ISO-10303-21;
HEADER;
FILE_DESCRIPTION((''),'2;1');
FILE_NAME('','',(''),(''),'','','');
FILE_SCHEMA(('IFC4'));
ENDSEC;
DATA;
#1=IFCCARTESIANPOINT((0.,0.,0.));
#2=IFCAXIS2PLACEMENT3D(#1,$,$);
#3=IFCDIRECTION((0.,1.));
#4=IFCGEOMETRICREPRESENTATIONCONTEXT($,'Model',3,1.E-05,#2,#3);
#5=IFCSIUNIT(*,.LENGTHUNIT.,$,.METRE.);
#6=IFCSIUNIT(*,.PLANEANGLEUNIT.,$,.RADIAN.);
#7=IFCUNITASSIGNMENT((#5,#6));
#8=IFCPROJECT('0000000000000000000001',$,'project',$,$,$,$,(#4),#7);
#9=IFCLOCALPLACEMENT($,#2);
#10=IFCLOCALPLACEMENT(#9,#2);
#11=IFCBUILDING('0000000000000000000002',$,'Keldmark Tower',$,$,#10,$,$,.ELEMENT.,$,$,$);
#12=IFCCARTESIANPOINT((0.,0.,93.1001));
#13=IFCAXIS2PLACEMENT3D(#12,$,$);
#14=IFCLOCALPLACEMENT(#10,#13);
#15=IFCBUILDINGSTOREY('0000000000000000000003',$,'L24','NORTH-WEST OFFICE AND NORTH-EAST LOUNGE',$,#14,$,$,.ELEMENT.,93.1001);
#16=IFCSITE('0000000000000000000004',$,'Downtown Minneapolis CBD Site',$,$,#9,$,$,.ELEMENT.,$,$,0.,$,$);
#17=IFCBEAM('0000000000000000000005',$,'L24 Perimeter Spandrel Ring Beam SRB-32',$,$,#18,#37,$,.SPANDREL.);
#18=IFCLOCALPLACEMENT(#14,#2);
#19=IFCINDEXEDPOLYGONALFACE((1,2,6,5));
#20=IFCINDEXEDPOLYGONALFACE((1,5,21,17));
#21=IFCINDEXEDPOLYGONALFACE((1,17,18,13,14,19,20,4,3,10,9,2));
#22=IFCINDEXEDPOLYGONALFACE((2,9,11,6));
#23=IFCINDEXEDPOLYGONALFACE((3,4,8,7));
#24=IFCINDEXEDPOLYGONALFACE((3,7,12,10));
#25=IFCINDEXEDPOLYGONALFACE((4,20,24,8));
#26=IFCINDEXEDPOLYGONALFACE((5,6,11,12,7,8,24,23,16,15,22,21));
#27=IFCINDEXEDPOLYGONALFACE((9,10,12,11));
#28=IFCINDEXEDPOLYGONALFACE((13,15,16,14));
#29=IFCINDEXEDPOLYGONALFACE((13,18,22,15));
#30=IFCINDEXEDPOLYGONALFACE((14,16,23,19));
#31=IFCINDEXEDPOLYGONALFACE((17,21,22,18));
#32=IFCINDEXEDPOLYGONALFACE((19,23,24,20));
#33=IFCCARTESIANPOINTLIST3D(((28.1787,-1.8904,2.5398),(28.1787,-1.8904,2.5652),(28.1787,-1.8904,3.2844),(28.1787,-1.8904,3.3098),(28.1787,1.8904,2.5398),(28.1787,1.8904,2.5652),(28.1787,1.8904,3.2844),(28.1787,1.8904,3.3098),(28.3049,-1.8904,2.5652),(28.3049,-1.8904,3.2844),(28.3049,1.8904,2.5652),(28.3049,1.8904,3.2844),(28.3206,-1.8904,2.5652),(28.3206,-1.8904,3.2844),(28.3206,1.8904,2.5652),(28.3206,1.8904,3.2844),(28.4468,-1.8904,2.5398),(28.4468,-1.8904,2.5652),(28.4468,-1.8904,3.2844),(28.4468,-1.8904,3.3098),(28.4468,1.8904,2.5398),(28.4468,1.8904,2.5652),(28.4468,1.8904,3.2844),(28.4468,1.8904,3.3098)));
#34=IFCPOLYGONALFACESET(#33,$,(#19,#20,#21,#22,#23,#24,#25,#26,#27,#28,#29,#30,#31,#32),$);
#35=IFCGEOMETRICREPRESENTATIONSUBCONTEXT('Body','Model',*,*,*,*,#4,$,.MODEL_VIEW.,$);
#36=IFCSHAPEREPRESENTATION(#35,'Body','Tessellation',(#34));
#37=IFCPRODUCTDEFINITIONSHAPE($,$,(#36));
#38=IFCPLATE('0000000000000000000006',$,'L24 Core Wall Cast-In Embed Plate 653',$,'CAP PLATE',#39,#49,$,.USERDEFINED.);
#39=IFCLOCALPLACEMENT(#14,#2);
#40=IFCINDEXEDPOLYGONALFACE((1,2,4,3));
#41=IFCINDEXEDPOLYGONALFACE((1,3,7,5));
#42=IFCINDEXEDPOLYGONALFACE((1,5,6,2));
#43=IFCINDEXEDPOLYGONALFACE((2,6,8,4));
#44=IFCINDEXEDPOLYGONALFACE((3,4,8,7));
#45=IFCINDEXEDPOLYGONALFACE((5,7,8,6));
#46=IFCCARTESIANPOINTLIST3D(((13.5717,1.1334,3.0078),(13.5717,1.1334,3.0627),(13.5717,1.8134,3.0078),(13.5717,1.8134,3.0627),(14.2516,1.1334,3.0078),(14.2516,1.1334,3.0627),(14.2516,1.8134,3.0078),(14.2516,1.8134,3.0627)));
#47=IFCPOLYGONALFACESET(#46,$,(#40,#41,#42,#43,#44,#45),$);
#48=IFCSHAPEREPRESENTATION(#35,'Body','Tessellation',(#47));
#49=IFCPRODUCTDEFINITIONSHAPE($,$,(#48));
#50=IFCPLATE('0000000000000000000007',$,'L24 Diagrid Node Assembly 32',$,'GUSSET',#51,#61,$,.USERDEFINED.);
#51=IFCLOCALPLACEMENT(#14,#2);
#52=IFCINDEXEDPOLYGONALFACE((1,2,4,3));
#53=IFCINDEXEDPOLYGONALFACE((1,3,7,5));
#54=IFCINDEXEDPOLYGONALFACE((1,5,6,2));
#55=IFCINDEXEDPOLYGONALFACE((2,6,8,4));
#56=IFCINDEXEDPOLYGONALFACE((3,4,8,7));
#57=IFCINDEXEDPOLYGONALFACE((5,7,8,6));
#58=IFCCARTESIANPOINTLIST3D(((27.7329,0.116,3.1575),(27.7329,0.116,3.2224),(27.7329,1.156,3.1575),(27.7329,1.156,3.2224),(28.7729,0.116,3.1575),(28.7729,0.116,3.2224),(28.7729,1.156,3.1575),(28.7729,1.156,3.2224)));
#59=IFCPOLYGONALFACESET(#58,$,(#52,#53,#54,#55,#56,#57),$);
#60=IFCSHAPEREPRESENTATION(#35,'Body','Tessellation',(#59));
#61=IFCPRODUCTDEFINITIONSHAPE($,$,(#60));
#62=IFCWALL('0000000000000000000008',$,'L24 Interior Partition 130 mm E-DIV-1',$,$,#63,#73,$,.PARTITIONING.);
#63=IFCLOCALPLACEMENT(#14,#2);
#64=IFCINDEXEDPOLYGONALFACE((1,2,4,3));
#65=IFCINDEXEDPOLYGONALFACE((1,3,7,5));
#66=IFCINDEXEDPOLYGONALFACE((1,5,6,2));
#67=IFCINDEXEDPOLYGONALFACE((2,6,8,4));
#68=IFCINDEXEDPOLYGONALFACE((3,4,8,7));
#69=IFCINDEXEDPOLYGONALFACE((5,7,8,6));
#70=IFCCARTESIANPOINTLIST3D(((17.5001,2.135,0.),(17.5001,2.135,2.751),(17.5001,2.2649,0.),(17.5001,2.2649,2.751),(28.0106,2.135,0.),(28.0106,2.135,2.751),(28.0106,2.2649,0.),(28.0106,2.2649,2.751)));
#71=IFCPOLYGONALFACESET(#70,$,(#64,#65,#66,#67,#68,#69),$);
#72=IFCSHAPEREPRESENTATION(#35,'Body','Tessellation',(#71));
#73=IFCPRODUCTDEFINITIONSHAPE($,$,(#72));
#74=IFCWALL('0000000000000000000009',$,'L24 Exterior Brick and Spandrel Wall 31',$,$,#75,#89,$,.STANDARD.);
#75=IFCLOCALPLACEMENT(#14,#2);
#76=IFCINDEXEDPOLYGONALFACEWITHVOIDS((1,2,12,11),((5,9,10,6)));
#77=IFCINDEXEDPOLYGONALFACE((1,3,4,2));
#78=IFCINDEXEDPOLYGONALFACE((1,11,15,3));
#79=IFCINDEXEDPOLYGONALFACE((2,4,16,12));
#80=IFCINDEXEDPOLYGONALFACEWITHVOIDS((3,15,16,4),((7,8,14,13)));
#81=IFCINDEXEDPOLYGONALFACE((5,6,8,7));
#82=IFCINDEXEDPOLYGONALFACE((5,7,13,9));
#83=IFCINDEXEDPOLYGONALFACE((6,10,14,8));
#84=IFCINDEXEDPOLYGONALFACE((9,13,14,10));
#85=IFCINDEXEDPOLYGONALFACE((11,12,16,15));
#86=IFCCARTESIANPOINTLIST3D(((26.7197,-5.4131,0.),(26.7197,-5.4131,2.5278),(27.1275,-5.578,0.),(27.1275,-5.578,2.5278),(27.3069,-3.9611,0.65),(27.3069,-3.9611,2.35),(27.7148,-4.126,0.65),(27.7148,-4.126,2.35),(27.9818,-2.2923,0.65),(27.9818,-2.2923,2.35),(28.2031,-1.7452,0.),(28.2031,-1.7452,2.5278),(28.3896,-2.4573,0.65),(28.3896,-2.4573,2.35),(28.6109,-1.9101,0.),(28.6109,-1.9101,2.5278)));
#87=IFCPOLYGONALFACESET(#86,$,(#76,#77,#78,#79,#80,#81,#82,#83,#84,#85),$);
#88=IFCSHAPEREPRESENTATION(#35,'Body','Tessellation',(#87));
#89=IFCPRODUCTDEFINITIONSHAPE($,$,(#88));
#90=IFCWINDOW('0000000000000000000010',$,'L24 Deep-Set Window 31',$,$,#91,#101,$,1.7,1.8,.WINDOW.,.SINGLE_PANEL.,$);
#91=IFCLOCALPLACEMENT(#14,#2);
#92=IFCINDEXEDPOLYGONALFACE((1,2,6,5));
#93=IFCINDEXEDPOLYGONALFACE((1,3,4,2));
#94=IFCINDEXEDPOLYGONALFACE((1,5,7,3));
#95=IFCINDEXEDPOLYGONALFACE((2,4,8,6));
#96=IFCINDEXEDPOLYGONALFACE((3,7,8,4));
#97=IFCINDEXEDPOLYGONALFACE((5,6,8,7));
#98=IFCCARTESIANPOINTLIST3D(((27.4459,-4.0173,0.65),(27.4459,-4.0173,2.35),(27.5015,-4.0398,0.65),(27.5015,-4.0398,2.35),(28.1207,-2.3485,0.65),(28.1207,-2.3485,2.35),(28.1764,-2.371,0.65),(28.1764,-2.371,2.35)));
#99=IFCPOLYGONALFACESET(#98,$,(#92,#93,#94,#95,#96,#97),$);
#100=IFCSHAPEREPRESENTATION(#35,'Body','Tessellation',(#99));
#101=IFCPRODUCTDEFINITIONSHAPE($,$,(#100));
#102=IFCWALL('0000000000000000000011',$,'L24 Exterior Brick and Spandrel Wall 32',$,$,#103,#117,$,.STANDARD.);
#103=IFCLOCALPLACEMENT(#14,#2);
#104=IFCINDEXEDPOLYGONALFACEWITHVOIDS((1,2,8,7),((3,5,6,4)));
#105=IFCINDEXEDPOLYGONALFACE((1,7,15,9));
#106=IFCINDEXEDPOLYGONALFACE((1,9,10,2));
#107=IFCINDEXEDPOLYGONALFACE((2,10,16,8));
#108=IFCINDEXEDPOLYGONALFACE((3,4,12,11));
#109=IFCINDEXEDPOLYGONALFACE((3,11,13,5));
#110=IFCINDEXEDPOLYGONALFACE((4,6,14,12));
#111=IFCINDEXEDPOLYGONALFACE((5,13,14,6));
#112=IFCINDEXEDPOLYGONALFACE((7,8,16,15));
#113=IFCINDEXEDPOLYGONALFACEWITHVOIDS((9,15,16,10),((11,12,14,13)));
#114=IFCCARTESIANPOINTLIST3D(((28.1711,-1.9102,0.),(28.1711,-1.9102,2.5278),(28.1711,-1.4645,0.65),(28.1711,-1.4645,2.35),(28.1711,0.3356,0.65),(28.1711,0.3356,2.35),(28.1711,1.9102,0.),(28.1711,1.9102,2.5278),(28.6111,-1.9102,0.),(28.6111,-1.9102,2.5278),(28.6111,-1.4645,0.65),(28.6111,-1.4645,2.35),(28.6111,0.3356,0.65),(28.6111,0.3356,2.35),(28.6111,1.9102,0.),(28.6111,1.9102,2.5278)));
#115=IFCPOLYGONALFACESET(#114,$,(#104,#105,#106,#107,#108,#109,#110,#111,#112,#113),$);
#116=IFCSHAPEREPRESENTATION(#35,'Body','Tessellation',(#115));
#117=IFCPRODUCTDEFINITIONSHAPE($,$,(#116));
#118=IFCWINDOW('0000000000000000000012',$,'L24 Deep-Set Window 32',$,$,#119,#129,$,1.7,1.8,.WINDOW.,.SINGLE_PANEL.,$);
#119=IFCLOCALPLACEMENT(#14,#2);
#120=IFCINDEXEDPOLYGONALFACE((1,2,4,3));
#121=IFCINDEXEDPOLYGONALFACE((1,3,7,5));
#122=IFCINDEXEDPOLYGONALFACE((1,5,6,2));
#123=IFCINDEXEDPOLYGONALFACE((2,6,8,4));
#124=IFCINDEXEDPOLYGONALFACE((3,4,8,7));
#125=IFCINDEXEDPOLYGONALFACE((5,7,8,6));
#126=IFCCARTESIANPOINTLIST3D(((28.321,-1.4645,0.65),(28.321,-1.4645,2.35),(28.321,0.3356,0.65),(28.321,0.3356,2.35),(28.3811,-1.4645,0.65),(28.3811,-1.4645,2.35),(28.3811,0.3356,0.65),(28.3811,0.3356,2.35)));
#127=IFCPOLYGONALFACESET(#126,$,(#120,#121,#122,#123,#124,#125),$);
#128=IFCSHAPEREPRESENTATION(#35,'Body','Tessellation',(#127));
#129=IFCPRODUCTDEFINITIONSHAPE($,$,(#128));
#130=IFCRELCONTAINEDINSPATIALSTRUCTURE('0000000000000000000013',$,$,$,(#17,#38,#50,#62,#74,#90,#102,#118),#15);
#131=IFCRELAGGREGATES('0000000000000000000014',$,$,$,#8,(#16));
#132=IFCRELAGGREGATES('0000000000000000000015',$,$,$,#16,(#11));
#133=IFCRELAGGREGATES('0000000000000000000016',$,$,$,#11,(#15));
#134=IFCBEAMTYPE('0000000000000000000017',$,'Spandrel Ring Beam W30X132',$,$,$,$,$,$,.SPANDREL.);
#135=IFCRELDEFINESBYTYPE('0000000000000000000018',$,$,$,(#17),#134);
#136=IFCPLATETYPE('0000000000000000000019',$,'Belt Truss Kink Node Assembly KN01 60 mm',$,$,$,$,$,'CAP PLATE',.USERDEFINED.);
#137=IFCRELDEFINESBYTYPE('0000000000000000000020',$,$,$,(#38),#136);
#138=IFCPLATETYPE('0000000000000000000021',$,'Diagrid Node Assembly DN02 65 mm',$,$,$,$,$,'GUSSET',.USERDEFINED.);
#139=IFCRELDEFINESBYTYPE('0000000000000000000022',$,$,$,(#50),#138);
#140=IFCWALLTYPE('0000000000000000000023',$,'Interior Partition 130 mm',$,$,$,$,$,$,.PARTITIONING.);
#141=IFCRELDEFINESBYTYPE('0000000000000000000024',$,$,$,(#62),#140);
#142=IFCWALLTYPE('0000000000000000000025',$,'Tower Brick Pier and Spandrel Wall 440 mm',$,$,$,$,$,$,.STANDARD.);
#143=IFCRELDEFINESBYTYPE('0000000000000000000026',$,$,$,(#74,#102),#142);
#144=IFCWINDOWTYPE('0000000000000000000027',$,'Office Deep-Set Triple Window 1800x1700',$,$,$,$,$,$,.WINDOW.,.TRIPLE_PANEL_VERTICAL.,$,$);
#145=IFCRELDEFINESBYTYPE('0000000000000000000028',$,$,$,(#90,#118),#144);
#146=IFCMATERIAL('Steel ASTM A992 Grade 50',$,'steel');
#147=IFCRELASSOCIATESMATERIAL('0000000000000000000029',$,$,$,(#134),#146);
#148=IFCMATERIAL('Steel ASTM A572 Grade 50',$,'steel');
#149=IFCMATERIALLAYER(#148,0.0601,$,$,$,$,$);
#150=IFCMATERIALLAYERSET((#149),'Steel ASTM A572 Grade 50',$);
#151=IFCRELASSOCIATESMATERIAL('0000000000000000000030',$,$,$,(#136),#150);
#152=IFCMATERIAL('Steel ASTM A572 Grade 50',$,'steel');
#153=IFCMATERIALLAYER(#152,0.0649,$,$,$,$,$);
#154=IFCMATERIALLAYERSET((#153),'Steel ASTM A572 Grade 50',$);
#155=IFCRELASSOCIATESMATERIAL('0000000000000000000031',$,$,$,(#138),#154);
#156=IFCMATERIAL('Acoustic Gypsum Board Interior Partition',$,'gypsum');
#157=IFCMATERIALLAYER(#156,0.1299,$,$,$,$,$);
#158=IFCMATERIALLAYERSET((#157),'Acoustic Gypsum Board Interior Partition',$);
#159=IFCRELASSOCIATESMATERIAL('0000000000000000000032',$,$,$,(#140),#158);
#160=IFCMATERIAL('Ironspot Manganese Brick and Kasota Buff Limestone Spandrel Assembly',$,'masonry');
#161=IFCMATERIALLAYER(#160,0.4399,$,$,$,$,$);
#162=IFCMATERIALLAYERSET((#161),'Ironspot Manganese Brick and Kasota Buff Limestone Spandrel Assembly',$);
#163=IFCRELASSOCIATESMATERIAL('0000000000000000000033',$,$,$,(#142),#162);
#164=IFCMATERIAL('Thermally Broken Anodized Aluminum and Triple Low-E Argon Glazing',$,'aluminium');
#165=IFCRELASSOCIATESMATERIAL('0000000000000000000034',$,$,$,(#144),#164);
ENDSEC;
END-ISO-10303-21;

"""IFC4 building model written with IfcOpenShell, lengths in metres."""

from ifc_helpers import new_model, si_unit, direction, frame, frame_2d, origin, origin_2d, place, context, subcontext, project, spatial, rectangle, i_section, extrude, material, layer, layer_set, material_profile, profile_set, type_object, element, fill, save


model = new_model("IFC4")

# Units and contexts
model_context = context("Model", 3, precision=1e-05, world=origin(), true_north=direction((0.0, 1.0)))
body_context = subcontext(model_context, "Body", "Model", "MODEL_VIEW")
ifc_project = project(units=[si_unit("LENGTHUNIT", "METRE"), si_unit("PLANEANGLEUNIT", "RADIAN")], contexts=[model_context])

# Site, building, storey
site_placement = place(None, origin())
site = spatial("IfcSite", under=ifc_project, at=site_placement, Name="Downtown Minneapolis CBD Site", CompositionType="ELEMENT", RefElevation=0.0)
building_placement = place(site_placement, origin())
building = spatial("IfcBuilding", under=site, at=building_placement, Name="Keldmark Tower", CompositionType="ELEMENT")
storey_placement = place(building_placement, frame((0.0, 0.0, 93.1001)))
storey = spatial("IfcBuildingStorey", under=building, at=storey_placement, Name="L24", Description="NORTH-WEST OFFICE AND NORTH-EAST LOUNGE", CompositionType="ELEMENT", Elevation=93.1001)

# Beam
ifc_material_1 = material(Name="Steel ASTM A992 Grade 50", Category="steel")
ifc_material_profile_1 = material_profile(ifc_material_1, i_section(OverallWidth=0.2681, OverallDepth=0.77, WebThickness=0.0156, FlangeThickness=0.0254, at=origin_2d()), Name="W30X132")
ifc_profile_set_1 = profile_set([ifc_material_profile_1], Name="Steel ASTM A992 Grade 50")
beam_type_1 = type_object("IfcBeamType", Name="Spandrel Ring Beam W30X132", PredefinedType="SPANDREL", material=ifc_profile_set_1)
beam_1_placement = place(storey_placement, frame((28.3127, -1.8904, 2.9248), z_axis=(0.0, 1.0, 0.0), x_axis=(-1.0, 0.0, 0.0)))
element("IfcBeam", 1, at=beam_1_placement, inside=storey, type_object=beam_type_1, Name="L24 Perimeter Spandrel Ring Beam SRB-32", PredefinedType="SPANDREL", context=body_context, shape_type="SweptSolid", body=[
    extrude(i_section(OverallWidth=0.2681, OverallDepth=0.77, WebThickness=0.0156, FlangeThickness=0.0254, at=origin_2d()), origin(), (0.0, 0.0, 1.0), 3.7808),
])

# Plates
ifc_material_2 = material(Name="Steel ASTM A572 Grade 50", Category="steel")
ifc_layer_1 = layer(ifc_material_2, 0.0601)
ifc_layer_set_1 = layer_set([ifc_layer_1], Name="Steel ASTM A572 Grade 50")
plate_type_1 = type_object("IfcPlateType", Name="Belt Truss Kink Node Assembly KN01 60 mm", ElementType="CAP PLATE", PredefinedType="USERDEFINED", material=ifc_layer_set_1)
plate_1_placement = place(storey_placement, frame((13.9116, 1.4734, 3.0078), z_axis=(0.0, 0.0, 1.0), x_axis=(1.0, 0.0, 0.0)))
element("IfcPlate", 2, at=plate_1_placement, inside=storey, type_object=plate_type_1, Name="L24 Core Wall Cast-In Embed Plate 653", ObjectType="CAP PLATE", PredefinedType="USERDEFINED", context=body_context, shape_type="SweptSolid", body=[
    extrude(rectangle(XDim=0.6799, YDim=0.6799, at=origin_2d()), origin(), (0.0, 0.0, 1.0), 0.0549),
])
ifc_material_3 = material(Name="Steel ASTM A572 Grade 50", Category="steel")
ifc_layer_2 = layer(ifc_material_3, 0.0649)
ifc_layer_set_2 = layer_set([ifc_layer_2], Name="Steel ASTM A572 Grade 50")
plate_type_2 = type_object("IfcPlateType", Name="Diagrid Node Assembly DN02 65 mm", ElementType="GUSSET", PredefinedType="USERDEFINED", material=ifc_layer_set_2)
plate_2_placement = place(storey_placement, frame((28.2529, 0.636, 3.1575), z_axis=(0.0, 0.0, 1.0), x_axis=(0.0, 1.0, 0.0)))
element("IfcPlate", 3, at=plate_2_placement, inside=storey, type_object=plate_type_2, Name="L24 Diagrid Node Assembly 32", ObjectType="GUSSET", PredefinedType="USERDEFINED", context=body_context, shape_type="SweptSolid", body=[
    extrude(rectangle(XDim=1.04, YDim=1.04, at=origin_2d()), origin(), (0.0, 0.0, 1.0), 0.0649),
])

# Wall
ifc_material_4 = material(Name="Acoustic Gypsum Board Interior Partition", Category="gypsum")
ifc_layer_3 = layer(ifc_material_4, 0.1299)
ifc_layer_set_3 = layer_set([ifc_layer_3], Name="Acoustic Gypsum Board Interior Partition")
wall_type_1 = type_object("IfcWallType", Name="Interior Partition 130 mm", PredefinedType="PARTITIONING", material=ifc_layer_set_3)
wall_1_placement = place(storey_placement, frame((17.5, 2.2, 0.0), z_axis=(0.0, 0.0, 1.0), x_axis=(1.0, 0.0, 0.0)))
element("IfcWall", 4, at=wall_1_placement, inside=storey, type_object=wall_type_1, Name="L24 Interior Partition 130 mm E-DIV-1", PredefinedType="PARTITIONING", context=body_context, shape_type="SweptSolid", body=[
    extrude(rectangle(XDim=10.5105, YDim=0.1299, at=frame_2d((5.2554, 0.0))), origin(), (0.0, 0.0, 1.0), 2.751),
])

# Walls, openings, windows
ifc_material_5 = material(Name="Ironspot Manganese Brick and Kasota Buff Limestone Spandrel Assembly", Category="masonry")
ifc_layer_4 = layer(ifc_material_5, 0.4399)
ifc_layer_set_4 = layer_set([ifc_layer_4], Name="Ironspot Manganese Brick and Kasota Buff Limestone Spandrel Assembly")
wall_type_2 = type_object("IfcWallType", Name="Tower Brick Pier and Spandrel Wall 440 mm", PredefinedType="STANDARD", material=ifc_layer_set_4)
wall_2_placement = place(storey_placement, frame((28.407, -1.8276, 0.0), z_axis=(0.0, 0.0, 1.0), x_axis=(-0.37492, -0.927057, 0.0)))
wall_2 = element("IfcWall", 5, at=wall_2_placement, inside=storey, type_object=wall_type_2, Name="L24 Exterior Brick and Spandrel Wall 31", PredefinedType="STANDARD", context=body_context, shape_type="SweptSolid", body=[
    extrude(rectangle(XDim=3.9565, YDim=0.4399, at=frame_2d((1.9783, 0.0))), origin(), (0.0, 0.0, 1.0), 2.5278),
])
opening_1_placement = place(wall_2_placement, frame((0.5903, 0.0, 0.6499)))
opening_1 = element("IfcOpeningElement", 6, at=opening_1_placement, cuts=wall_2, PredefinedType="OPENING", context=body_context, shape_type="SweptSolid", body=[
    extrude(rectangle(XDim=1.8, YDim=1.7, at=frame_2d((0.8999, 0.8501))), frame((0.0, 0.23, 0.0), z_axis=(0.0, -1.0, 0.0), x_axis=(1.0, 0.0, 0.0)), (0.0, 0.0, 1.0), 0.46),
])
ifc_material_6 = material(Name="Thermally Broken Anodized Aluminum and Triple Low-E Argon Glazing", Category="aluminium")
window_type = type_object("IfcWindowType", Name="Office Deep-Set Triple Window 1800x1700", PartitioningType="TRIPLE_PANEL_VERTICAL", PredefinedType="WINDOW", material=ifc_material_6)
window_1_placement = place(opening_1_placement, origin())
window_1 = element("IfcWindow", 7, at=window_1_placement, inside=storey, type_object=window_type, Name="L24 Deep-Set Window 31", OverallHeight=1.7, OverallWidth=1.8, PartitioningType="SINGLE_PANEL", PredefinedType="WINDOW", context=body_context, shape_type="SweptSolid", body=[
    extrude(rectangle(XDim=1.8, YDim=1.7, at=frame_2d((0.8999, 0.8501))), frame((0.0, -0.01, 0.0), z_axis=(0.0, -1.0, 0.0), x_axis=(1.0, 0.0, 0.0)), (0.0, 0.0, 1.0), 0.0601),
])
fill(opening_1, window_1)
wall_3_placement = place(storey_placement, frame((28.3911, 1.9102, 0.0), z_axis=(0.0, 0.0, 1.0), x_axis=(0.0, -1.0, 0.0)))
wall_3 = element("IfcWall", 8, at=wall_3_placement, inside=storey, type_object=wall_type_2, Name="L24 Exterior Brick and Spandrel Wall 32", PredefinedType="STANDARD", context=body_context, shape_type="SweptSolid", body=[
    extrude(rectangle(XDim=3.8203, YDim=0.4399, at=frame_2d((1.9102, 0.0))), origin(), (0.0, 0.0, 1.0), 2.5278),
])
opening_2_placement = place(wall_3_placement, frame((1.5747, 0.0, 0.6499)))
opening_2 = element("IfcOpeningElement", 9, at=opening_2_placement, cuts=wall_3, PredefinedType="OPENING", context=body_context, shape_type="SweptSolid", body=[
    extrude(rectangle(XDim=1.8, YDim=1.7, at=frame_2d((0.8999, 0.8501))), frame((0.0, 0.23, 0.0), z_axis=(0.0, -1.0, 0.0), x_axis=(1.0, 0.0, 0.0)), (0.0, 0.0, 1.0), 0.46),
])
window_2_placement = place(opening_2_placement, origin())
window_2 = element("IfcWindow", 10, at=window_2_placement, inside=storey, type_object=window_type, Name="L24 Deep-Set Window 32", OverallHeight=1.7, OverallWidth=1.8, PartitioningType="SINGLE_PANEL", PredefinedType="WINDOW", context=body_context, shape_type="SweptSolid", body=[
    extrude(rectangle(XDim=1.8, YDim=1.7, at=frame_2d((0.8999, 0.8501))), frame((0.0, -0.01, 0.0), z_axis=(0.0, -1.0, 0.0), x_axis=(1.0, 0.0, 0.0)), (0.0, 0.0, 1.0), 0.0601),
])
fill(opening_2, window_2)

save(model, "model.ifc")
